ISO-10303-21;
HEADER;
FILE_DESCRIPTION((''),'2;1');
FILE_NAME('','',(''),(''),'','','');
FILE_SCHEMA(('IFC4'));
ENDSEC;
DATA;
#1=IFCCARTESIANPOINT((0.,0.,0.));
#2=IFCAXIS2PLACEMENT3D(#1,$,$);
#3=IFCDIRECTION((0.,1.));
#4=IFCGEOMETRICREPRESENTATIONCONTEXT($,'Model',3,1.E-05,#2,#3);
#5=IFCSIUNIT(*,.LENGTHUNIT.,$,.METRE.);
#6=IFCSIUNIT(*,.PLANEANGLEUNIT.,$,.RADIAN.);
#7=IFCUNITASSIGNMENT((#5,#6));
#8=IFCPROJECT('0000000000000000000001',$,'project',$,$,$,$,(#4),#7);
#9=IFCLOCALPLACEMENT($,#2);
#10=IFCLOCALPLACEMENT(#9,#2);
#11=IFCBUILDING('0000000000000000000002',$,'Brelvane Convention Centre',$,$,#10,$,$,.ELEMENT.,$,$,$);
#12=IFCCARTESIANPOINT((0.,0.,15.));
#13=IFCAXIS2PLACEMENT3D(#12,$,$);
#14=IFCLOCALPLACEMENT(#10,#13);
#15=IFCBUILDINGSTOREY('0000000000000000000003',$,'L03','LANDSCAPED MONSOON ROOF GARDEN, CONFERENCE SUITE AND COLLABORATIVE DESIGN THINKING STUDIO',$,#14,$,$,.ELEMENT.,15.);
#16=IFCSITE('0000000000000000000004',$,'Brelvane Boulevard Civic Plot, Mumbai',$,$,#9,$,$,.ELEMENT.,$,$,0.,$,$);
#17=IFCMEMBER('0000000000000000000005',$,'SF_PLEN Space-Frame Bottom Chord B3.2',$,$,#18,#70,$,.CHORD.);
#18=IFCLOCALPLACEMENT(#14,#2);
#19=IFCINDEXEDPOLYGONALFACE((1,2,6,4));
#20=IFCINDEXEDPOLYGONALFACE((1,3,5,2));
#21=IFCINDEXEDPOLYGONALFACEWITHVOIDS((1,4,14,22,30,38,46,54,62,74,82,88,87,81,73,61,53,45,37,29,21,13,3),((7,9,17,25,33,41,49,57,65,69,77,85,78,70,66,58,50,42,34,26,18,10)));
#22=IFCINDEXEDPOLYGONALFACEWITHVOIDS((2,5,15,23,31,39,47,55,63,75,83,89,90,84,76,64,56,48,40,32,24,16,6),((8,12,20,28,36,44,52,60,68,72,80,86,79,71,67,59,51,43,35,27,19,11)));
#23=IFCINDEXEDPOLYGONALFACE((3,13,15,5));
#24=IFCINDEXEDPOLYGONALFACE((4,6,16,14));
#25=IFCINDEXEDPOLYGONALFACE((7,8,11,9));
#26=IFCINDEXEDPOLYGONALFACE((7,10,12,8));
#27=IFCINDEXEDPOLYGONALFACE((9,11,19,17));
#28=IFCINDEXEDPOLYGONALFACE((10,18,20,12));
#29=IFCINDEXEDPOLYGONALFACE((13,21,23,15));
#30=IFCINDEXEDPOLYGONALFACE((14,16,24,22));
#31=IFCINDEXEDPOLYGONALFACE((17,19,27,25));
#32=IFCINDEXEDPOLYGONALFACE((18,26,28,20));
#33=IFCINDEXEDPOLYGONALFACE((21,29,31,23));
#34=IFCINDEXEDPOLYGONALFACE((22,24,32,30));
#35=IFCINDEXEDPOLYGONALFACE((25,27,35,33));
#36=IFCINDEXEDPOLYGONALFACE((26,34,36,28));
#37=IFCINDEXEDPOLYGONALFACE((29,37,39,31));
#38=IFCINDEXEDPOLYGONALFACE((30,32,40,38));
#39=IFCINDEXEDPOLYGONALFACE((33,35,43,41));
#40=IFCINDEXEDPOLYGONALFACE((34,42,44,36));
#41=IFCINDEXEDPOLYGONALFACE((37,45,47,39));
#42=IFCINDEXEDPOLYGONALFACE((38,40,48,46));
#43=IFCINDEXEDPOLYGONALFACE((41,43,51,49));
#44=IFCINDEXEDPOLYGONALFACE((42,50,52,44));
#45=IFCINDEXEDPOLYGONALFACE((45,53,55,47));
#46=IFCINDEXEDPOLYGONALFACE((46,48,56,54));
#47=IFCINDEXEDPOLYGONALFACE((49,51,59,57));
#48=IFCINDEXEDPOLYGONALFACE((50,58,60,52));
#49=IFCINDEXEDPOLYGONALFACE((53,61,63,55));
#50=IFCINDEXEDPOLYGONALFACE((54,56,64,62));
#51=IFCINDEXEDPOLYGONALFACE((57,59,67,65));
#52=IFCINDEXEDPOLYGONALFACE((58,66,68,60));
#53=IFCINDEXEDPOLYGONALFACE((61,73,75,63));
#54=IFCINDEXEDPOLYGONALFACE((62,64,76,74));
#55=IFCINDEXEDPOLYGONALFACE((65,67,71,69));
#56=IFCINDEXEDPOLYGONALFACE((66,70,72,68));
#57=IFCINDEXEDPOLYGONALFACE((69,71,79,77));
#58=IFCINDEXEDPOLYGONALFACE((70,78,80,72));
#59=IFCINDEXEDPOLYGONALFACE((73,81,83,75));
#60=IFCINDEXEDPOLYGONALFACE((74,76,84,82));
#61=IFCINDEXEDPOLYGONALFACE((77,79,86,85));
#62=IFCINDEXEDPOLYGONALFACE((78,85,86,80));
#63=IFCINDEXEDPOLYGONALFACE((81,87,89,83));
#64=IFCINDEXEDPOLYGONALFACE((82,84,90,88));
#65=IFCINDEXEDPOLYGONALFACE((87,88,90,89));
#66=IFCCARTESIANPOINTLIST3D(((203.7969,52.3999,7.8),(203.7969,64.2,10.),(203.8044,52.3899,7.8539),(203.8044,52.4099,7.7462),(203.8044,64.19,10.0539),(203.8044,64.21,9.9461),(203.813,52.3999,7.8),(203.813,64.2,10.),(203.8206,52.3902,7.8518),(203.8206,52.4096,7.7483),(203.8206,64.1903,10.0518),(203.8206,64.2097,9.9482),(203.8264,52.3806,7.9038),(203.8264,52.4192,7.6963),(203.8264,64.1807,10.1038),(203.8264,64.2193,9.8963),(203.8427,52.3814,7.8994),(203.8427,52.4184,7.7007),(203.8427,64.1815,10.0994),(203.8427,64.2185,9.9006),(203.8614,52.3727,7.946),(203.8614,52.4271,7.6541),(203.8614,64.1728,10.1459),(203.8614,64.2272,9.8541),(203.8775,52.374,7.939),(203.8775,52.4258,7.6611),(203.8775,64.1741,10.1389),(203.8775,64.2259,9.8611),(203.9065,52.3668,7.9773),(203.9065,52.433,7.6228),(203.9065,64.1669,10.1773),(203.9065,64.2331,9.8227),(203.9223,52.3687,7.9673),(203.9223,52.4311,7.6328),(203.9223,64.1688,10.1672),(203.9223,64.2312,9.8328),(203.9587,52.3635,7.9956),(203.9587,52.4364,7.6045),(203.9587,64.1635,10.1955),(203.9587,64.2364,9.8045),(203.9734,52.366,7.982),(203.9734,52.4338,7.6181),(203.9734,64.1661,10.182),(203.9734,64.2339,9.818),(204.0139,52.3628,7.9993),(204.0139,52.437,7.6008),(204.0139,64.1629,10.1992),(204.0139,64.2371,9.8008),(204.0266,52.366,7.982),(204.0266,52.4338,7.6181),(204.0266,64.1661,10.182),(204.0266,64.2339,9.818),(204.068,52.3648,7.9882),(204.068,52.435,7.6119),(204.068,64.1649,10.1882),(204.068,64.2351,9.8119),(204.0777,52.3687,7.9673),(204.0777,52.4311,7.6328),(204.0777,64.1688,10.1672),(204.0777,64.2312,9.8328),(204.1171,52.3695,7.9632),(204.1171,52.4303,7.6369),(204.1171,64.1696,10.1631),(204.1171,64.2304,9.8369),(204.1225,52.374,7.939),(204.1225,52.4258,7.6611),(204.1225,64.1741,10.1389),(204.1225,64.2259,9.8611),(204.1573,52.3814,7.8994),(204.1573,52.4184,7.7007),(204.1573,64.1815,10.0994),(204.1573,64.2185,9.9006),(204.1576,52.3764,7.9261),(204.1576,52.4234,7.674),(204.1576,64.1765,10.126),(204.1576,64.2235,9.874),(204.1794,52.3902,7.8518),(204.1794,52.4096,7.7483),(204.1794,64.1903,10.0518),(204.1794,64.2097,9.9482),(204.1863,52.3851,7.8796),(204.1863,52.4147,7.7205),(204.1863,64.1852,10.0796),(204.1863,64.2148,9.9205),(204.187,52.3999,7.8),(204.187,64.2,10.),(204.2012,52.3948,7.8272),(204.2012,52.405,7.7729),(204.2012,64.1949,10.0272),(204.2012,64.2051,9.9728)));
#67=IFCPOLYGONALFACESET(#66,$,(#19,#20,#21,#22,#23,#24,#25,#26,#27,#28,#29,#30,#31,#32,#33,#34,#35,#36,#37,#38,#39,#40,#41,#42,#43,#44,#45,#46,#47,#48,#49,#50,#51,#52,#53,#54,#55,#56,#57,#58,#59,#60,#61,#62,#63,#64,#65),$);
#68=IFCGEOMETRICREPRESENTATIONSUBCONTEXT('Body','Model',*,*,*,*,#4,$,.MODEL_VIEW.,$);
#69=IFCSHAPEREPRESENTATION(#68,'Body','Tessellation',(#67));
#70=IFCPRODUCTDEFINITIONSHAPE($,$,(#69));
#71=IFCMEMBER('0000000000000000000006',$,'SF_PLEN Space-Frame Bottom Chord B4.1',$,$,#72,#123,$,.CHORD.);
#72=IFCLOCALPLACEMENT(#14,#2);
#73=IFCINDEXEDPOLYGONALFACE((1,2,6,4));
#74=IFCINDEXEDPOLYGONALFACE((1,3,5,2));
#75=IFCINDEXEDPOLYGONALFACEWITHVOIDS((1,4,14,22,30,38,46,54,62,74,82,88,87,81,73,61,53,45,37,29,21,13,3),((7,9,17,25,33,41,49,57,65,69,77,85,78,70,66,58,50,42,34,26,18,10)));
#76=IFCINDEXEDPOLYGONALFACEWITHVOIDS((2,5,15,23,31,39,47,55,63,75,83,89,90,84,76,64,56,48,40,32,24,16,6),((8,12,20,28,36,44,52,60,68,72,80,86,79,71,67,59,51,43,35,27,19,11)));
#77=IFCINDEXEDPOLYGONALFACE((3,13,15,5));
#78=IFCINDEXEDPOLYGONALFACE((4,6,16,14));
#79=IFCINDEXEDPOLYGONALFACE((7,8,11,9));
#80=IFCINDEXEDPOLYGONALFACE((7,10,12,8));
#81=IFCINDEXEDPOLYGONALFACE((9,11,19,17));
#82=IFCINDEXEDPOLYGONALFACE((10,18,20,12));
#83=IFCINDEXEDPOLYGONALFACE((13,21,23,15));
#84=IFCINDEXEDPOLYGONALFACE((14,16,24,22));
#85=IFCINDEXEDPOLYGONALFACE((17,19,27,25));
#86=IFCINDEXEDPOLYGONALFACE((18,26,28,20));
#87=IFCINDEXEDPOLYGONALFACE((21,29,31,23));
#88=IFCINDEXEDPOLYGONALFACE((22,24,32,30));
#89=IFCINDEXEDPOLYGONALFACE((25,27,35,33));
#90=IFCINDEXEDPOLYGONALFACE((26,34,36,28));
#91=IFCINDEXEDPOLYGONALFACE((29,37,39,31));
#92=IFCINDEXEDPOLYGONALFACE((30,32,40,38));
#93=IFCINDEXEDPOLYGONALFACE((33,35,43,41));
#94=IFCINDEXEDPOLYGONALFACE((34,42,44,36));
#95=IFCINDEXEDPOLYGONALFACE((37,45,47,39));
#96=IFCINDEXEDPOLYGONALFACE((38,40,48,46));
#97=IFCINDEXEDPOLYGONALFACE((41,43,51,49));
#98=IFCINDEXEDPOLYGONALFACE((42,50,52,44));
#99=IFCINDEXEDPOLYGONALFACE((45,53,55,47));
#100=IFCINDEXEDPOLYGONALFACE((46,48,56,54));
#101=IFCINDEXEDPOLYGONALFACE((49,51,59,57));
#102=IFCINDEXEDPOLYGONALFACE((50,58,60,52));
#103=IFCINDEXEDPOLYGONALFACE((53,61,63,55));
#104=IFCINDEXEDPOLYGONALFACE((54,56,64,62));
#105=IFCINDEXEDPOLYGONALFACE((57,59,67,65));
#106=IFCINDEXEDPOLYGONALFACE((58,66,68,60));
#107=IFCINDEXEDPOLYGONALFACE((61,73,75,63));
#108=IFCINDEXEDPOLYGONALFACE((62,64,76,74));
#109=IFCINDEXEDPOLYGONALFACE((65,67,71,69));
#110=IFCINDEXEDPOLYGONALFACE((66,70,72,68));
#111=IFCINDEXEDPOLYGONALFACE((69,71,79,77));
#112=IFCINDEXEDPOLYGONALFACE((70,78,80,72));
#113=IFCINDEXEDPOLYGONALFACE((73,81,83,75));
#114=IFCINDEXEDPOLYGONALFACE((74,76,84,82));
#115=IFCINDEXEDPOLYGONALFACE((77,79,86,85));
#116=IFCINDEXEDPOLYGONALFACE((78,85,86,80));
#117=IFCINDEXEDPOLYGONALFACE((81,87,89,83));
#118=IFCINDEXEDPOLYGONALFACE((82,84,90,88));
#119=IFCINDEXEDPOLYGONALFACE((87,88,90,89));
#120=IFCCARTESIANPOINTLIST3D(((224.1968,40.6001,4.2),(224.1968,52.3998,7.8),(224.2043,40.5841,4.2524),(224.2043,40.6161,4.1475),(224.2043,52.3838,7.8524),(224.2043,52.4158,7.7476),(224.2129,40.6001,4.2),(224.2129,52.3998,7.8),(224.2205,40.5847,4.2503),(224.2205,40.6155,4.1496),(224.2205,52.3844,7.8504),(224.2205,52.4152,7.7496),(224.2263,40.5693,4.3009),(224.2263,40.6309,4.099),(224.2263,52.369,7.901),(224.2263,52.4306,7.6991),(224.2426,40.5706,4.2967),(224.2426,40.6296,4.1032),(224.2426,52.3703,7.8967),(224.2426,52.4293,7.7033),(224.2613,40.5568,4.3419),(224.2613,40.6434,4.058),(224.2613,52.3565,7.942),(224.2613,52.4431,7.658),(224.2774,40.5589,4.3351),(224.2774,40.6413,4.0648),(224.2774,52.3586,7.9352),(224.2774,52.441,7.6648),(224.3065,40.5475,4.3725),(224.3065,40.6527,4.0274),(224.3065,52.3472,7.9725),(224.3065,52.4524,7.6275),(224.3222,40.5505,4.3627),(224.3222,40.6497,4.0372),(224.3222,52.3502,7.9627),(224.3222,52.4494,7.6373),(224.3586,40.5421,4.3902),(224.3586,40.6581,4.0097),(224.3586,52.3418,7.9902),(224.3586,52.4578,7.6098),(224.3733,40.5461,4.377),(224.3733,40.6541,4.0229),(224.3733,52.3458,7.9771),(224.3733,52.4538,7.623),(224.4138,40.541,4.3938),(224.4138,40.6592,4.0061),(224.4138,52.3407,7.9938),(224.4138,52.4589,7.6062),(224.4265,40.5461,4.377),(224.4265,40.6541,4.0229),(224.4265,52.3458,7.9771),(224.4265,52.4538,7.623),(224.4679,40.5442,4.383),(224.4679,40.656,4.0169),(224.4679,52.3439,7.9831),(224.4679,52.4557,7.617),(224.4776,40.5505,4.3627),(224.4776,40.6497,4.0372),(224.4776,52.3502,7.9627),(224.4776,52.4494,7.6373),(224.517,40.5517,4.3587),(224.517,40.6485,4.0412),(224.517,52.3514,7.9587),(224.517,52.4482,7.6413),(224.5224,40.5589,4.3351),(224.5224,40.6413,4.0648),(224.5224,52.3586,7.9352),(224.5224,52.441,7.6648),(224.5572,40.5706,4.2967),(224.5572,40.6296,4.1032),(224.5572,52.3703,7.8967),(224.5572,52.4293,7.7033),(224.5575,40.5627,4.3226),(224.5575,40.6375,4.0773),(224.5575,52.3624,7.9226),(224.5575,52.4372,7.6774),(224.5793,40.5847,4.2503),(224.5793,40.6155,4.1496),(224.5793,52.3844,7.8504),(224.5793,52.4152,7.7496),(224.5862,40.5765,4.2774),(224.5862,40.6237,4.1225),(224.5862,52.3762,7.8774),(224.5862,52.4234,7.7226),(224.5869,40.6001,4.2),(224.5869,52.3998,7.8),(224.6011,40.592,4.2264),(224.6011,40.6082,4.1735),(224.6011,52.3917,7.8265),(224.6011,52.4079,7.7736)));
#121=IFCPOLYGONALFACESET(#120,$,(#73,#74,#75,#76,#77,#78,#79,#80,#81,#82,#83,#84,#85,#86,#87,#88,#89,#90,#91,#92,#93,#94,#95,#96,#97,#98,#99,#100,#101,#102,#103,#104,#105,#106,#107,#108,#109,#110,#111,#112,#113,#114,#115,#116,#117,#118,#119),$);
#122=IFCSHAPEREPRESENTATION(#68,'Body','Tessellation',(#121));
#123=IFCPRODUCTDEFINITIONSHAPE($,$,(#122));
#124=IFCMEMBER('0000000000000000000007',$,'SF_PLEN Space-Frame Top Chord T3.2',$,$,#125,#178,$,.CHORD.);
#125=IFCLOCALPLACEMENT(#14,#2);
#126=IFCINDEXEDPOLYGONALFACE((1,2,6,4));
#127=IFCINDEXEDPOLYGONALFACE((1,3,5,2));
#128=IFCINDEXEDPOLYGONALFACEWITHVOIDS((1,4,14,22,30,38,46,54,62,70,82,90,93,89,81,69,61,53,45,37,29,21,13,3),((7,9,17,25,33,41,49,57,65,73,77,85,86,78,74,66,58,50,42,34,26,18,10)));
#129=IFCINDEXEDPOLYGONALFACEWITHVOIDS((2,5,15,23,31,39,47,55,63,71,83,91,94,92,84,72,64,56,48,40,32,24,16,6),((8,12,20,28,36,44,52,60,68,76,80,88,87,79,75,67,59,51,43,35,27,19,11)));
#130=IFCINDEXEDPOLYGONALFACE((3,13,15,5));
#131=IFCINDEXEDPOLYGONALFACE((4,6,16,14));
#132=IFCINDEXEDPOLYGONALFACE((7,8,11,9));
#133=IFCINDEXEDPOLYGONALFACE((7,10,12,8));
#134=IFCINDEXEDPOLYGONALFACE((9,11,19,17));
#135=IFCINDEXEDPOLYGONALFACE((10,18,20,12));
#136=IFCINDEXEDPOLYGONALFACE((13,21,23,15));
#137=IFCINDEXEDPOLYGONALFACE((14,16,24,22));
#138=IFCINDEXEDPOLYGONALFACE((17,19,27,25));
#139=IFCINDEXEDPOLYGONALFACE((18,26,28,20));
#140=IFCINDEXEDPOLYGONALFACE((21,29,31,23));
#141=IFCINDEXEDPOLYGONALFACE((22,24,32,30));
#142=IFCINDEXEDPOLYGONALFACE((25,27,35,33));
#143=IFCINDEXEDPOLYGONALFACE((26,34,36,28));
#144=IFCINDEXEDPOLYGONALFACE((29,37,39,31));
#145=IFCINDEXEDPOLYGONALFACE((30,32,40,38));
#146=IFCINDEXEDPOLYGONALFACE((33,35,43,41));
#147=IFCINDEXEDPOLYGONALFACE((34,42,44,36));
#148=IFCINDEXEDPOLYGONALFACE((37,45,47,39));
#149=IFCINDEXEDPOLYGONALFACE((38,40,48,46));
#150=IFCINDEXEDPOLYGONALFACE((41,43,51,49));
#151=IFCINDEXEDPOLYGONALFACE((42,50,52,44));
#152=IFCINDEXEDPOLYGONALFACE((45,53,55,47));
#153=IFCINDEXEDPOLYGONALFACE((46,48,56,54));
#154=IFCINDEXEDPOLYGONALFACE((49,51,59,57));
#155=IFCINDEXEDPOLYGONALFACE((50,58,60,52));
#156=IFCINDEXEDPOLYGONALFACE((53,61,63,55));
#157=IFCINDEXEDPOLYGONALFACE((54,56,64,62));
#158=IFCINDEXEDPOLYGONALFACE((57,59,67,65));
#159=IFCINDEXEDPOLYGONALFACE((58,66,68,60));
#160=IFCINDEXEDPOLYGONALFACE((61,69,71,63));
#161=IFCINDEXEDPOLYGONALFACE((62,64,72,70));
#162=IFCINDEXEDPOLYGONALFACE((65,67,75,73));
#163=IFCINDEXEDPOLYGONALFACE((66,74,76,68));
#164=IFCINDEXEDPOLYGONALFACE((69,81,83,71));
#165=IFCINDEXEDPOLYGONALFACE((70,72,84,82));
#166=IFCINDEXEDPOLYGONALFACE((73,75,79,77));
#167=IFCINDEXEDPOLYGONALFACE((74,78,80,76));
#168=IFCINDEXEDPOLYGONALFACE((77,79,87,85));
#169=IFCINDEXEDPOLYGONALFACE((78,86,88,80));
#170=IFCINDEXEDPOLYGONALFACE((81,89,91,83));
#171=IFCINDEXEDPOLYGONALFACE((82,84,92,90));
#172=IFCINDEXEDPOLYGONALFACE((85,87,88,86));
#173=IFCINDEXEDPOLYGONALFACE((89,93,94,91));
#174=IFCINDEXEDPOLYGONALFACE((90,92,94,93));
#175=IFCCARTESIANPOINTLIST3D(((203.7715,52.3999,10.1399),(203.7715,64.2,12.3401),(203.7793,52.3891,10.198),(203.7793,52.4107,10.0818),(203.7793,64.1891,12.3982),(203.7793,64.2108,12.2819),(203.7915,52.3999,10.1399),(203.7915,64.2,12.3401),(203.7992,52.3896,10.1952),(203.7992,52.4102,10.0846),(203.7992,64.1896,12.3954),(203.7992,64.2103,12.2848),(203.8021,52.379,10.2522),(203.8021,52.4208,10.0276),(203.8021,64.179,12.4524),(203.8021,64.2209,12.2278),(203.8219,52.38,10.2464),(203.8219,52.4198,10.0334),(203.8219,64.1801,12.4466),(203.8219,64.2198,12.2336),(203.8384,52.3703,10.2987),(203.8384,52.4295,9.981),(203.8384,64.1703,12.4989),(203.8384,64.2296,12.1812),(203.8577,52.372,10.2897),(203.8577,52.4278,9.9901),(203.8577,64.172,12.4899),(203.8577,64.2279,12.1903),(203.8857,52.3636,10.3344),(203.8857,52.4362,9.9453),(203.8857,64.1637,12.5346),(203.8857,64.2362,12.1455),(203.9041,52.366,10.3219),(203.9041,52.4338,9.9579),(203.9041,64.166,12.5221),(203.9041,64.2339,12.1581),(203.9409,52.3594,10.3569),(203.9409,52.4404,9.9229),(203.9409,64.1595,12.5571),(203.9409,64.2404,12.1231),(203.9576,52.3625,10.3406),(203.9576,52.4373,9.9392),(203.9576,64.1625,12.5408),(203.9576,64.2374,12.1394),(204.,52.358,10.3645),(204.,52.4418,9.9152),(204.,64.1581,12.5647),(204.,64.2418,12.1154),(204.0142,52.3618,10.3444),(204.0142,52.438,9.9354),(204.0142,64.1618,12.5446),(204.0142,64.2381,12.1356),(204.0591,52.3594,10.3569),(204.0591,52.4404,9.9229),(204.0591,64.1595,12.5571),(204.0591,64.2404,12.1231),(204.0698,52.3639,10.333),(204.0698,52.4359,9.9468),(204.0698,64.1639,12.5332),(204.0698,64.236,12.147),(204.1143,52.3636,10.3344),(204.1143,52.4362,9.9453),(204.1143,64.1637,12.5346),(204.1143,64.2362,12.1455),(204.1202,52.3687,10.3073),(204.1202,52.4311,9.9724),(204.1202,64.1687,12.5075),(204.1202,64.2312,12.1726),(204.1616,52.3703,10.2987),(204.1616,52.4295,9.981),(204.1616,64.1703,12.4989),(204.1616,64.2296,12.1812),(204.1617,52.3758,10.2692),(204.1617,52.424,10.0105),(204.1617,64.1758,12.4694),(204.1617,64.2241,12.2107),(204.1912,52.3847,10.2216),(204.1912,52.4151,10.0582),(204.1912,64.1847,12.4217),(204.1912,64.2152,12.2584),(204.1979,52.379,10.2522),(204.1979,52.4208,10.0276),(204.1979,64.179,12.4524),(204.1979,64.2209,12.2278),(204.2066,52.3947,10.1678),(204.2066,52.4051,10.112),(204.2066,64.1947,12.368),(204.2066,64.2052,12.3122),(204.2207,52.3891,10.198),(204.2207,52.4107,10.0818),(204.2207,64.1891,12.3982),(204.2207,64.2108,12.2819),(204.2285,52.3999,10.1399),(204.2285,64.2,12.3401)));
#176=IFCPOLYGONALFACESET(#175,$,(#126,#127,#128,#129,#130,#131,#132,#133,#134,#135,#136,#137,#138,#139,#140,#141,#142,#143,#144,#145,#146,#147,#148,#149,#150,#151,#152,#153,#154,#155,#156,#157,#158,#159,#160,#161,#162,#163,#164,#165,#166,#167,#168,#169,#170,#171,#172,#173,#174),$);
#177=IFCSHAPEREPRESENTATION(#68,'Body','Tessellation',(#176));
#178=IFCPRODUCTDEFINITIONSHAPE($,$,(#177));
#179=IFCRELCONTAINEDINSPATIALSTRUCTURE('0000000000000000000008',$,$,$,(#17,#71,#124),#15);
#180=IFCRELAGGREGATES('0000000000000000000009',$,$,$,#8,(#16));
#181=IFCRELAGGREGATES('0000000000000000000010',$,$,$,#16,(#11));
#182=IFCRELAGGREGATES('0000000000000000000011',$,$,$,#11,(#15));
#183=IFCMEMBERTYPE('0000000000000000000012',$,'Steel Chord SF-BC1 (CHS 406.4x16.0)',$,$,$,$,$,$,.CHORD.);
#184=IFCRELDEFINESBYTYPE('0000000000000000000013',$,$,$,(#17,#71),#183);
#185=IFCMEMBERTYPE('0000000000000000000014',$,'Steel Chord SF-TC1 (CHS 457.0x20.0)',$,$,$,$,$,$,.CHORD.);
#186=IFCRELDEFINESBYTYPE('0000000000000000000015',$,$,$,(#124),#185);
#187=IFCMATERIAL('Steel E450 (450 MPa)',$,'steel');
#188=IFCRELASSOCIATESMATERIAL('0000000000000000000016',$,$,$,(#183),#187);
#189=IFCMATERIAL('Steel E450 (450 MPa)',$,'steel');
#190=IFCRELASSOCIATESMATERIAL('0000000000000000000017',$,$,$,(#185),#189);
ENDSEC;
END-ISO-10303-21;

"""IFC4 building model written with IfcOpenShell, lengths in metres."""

from ifc_helpers import new_model, si_unit, direction, frame, origin, origin_2d, place, context, subcontext, project, spatial, hollow_circle, extrude, material, material_profile, profile_set, type_object, element, save


model = new_model("IFC4")

# Units and contexts
model_context = context("Model", 3, precision=1e-05, world=origin(), true_north=direction((0.0, 1.0)))
body_context = subcontext(model_context, "Body", "Model", "MODEL_VIEW")
ifc_project = project(units=[si_unit("LENGTHUNIT", "METRE"), si_unit("PLANEANGLEUNIT", "RADIAN")], contexts=[model_context])

# Site, building, storey
site_placement = place(None, origin())
site = spatial("IfcSite", under=ifc_project, at=site_placement, Name="Brelvane Boulevard Civic Plot, Mumbai", CompositionType="ELEMENT", RefElevation=0.0)
building_placement = place(site_placement, origin())
building = spatial("IfcBuilding", under=site, at=building_placement, Name="Brelvane Convention Centre", CompositionType="ELEMENT")
storey_placement = place(building_placement, frame((0.0, 0.0, 15.0)))
storey = spatial("IfcBuildingStorey", under=building, at=storey_placement, Name="L03", Description="LANDSCAPED MONSOON ROOF GARDEN, CONFERENCE SUITE AND COLLABORATIVE DESIGN THINKING STUDIO", CompositionType="ELEMENT", Elevation=15.0)

# Members
ifc_material_1 = material(Name="Steel E450 (450 MPa)", Category="steel")
ifc_material_profile_1 = material_profile(ifc_material_1, hollow_circle(Radius=0.2031, WallThickness=0.0161, at=origin_2d()), Name="CHS 406.4x16.0")
ifc_profile_set_1 = profile_set([ifc_material_profile_1], Name="Steel E450 (450 MPa)")
member_type_1 = type_object("IfcMemberType", Name="Steel Chord SF-BC1 (CHS 406.4x16.0)", PredefinedType="CHORD", material=ifc_profile_set_1)
member_1_placement = place(storey_placement, frame((204.0, 52.3999, 7.8), z_axis=(0.0, 0.983061, 0.183278), x_axis=(-1.0, 0.0, 0.0)))
element("IfcMember", 1, at=member_1_placement, inside=storey, type_object=member_type_1, Name="SF_PLEN Space-Frame Bottom Chord B3.2", PredefinedType="CHORD", context=body_context, shape_type="SweptSolid", body=[
    extrude(hollow_circle(Radius=0.2031, WallThickness=0.0161, at=origin_2d()), origin(), (0.0, 0.0, 1.0), 12.0034),
])
member_2_placement = place(storey_placement, frame((224.3999, 40.6001, 4.2), z_axis=(0.0, 0.956474, 0.291818), x_axis=(-1.0, 0.0, 0.0)))
element("IfcMember", 2, at=member_2_placement, inside=storey, type_object=member_type_1, Name="SF_PLEN Space-Frame Bottom Chord B4.1", PredefinedType="CHORD", context=body_context, shape_type="SweptSolid", body=[
    extrude(hollow_circle(Radius=0.2031, WallThickness=0.0161, at=origin_2d()), origin(), (0.0, 0.0, 1.0), 12.3367),
])
ifc_material_2 = material(Name="Steel E450 (450 MPa)", Category="steel")
ifc_material_profile_2 = material_profile(ifc_material_2, hollow_circle(Radius=0.2285, WallThickness=0.02, at=origin_2d()), Name="CHS 457.0x20.0")
ifc_profile_set_2 = profile_set([ifc_material_profile_2], Name="Steel E450 (450 MPa)")
member_type_2 = type_object("IfcMemberType", Name="Steel Chord SF-TC1 (CHS 457.0x20.0)", PredefinedType="CHORD", material=ifc_profile_set_2)
member_3_placement = place(storey_placement, frame((204.0, 52.3999, 10.1399), z_axis=(0.0, 0.983058, 0.183297), x_axis=(-1.0, 0.0, 0.0)))
element("IfcMember", 3, at=member_3_placement, inside=storey, type_object=member_type_2, Name="SF_PLEN Space-Frame Top Chord T3.2", PredefinedType="CHORD", context=body_context, shape_type="SweptSolid", body=[
    extrude(hollow_circle(Radius=0.2285, WallThickness=0.02, at=origin_2d()), origin(), (0.0, 0.0, 1.0), 12.0034),
])

save(model, "model.ifc")
